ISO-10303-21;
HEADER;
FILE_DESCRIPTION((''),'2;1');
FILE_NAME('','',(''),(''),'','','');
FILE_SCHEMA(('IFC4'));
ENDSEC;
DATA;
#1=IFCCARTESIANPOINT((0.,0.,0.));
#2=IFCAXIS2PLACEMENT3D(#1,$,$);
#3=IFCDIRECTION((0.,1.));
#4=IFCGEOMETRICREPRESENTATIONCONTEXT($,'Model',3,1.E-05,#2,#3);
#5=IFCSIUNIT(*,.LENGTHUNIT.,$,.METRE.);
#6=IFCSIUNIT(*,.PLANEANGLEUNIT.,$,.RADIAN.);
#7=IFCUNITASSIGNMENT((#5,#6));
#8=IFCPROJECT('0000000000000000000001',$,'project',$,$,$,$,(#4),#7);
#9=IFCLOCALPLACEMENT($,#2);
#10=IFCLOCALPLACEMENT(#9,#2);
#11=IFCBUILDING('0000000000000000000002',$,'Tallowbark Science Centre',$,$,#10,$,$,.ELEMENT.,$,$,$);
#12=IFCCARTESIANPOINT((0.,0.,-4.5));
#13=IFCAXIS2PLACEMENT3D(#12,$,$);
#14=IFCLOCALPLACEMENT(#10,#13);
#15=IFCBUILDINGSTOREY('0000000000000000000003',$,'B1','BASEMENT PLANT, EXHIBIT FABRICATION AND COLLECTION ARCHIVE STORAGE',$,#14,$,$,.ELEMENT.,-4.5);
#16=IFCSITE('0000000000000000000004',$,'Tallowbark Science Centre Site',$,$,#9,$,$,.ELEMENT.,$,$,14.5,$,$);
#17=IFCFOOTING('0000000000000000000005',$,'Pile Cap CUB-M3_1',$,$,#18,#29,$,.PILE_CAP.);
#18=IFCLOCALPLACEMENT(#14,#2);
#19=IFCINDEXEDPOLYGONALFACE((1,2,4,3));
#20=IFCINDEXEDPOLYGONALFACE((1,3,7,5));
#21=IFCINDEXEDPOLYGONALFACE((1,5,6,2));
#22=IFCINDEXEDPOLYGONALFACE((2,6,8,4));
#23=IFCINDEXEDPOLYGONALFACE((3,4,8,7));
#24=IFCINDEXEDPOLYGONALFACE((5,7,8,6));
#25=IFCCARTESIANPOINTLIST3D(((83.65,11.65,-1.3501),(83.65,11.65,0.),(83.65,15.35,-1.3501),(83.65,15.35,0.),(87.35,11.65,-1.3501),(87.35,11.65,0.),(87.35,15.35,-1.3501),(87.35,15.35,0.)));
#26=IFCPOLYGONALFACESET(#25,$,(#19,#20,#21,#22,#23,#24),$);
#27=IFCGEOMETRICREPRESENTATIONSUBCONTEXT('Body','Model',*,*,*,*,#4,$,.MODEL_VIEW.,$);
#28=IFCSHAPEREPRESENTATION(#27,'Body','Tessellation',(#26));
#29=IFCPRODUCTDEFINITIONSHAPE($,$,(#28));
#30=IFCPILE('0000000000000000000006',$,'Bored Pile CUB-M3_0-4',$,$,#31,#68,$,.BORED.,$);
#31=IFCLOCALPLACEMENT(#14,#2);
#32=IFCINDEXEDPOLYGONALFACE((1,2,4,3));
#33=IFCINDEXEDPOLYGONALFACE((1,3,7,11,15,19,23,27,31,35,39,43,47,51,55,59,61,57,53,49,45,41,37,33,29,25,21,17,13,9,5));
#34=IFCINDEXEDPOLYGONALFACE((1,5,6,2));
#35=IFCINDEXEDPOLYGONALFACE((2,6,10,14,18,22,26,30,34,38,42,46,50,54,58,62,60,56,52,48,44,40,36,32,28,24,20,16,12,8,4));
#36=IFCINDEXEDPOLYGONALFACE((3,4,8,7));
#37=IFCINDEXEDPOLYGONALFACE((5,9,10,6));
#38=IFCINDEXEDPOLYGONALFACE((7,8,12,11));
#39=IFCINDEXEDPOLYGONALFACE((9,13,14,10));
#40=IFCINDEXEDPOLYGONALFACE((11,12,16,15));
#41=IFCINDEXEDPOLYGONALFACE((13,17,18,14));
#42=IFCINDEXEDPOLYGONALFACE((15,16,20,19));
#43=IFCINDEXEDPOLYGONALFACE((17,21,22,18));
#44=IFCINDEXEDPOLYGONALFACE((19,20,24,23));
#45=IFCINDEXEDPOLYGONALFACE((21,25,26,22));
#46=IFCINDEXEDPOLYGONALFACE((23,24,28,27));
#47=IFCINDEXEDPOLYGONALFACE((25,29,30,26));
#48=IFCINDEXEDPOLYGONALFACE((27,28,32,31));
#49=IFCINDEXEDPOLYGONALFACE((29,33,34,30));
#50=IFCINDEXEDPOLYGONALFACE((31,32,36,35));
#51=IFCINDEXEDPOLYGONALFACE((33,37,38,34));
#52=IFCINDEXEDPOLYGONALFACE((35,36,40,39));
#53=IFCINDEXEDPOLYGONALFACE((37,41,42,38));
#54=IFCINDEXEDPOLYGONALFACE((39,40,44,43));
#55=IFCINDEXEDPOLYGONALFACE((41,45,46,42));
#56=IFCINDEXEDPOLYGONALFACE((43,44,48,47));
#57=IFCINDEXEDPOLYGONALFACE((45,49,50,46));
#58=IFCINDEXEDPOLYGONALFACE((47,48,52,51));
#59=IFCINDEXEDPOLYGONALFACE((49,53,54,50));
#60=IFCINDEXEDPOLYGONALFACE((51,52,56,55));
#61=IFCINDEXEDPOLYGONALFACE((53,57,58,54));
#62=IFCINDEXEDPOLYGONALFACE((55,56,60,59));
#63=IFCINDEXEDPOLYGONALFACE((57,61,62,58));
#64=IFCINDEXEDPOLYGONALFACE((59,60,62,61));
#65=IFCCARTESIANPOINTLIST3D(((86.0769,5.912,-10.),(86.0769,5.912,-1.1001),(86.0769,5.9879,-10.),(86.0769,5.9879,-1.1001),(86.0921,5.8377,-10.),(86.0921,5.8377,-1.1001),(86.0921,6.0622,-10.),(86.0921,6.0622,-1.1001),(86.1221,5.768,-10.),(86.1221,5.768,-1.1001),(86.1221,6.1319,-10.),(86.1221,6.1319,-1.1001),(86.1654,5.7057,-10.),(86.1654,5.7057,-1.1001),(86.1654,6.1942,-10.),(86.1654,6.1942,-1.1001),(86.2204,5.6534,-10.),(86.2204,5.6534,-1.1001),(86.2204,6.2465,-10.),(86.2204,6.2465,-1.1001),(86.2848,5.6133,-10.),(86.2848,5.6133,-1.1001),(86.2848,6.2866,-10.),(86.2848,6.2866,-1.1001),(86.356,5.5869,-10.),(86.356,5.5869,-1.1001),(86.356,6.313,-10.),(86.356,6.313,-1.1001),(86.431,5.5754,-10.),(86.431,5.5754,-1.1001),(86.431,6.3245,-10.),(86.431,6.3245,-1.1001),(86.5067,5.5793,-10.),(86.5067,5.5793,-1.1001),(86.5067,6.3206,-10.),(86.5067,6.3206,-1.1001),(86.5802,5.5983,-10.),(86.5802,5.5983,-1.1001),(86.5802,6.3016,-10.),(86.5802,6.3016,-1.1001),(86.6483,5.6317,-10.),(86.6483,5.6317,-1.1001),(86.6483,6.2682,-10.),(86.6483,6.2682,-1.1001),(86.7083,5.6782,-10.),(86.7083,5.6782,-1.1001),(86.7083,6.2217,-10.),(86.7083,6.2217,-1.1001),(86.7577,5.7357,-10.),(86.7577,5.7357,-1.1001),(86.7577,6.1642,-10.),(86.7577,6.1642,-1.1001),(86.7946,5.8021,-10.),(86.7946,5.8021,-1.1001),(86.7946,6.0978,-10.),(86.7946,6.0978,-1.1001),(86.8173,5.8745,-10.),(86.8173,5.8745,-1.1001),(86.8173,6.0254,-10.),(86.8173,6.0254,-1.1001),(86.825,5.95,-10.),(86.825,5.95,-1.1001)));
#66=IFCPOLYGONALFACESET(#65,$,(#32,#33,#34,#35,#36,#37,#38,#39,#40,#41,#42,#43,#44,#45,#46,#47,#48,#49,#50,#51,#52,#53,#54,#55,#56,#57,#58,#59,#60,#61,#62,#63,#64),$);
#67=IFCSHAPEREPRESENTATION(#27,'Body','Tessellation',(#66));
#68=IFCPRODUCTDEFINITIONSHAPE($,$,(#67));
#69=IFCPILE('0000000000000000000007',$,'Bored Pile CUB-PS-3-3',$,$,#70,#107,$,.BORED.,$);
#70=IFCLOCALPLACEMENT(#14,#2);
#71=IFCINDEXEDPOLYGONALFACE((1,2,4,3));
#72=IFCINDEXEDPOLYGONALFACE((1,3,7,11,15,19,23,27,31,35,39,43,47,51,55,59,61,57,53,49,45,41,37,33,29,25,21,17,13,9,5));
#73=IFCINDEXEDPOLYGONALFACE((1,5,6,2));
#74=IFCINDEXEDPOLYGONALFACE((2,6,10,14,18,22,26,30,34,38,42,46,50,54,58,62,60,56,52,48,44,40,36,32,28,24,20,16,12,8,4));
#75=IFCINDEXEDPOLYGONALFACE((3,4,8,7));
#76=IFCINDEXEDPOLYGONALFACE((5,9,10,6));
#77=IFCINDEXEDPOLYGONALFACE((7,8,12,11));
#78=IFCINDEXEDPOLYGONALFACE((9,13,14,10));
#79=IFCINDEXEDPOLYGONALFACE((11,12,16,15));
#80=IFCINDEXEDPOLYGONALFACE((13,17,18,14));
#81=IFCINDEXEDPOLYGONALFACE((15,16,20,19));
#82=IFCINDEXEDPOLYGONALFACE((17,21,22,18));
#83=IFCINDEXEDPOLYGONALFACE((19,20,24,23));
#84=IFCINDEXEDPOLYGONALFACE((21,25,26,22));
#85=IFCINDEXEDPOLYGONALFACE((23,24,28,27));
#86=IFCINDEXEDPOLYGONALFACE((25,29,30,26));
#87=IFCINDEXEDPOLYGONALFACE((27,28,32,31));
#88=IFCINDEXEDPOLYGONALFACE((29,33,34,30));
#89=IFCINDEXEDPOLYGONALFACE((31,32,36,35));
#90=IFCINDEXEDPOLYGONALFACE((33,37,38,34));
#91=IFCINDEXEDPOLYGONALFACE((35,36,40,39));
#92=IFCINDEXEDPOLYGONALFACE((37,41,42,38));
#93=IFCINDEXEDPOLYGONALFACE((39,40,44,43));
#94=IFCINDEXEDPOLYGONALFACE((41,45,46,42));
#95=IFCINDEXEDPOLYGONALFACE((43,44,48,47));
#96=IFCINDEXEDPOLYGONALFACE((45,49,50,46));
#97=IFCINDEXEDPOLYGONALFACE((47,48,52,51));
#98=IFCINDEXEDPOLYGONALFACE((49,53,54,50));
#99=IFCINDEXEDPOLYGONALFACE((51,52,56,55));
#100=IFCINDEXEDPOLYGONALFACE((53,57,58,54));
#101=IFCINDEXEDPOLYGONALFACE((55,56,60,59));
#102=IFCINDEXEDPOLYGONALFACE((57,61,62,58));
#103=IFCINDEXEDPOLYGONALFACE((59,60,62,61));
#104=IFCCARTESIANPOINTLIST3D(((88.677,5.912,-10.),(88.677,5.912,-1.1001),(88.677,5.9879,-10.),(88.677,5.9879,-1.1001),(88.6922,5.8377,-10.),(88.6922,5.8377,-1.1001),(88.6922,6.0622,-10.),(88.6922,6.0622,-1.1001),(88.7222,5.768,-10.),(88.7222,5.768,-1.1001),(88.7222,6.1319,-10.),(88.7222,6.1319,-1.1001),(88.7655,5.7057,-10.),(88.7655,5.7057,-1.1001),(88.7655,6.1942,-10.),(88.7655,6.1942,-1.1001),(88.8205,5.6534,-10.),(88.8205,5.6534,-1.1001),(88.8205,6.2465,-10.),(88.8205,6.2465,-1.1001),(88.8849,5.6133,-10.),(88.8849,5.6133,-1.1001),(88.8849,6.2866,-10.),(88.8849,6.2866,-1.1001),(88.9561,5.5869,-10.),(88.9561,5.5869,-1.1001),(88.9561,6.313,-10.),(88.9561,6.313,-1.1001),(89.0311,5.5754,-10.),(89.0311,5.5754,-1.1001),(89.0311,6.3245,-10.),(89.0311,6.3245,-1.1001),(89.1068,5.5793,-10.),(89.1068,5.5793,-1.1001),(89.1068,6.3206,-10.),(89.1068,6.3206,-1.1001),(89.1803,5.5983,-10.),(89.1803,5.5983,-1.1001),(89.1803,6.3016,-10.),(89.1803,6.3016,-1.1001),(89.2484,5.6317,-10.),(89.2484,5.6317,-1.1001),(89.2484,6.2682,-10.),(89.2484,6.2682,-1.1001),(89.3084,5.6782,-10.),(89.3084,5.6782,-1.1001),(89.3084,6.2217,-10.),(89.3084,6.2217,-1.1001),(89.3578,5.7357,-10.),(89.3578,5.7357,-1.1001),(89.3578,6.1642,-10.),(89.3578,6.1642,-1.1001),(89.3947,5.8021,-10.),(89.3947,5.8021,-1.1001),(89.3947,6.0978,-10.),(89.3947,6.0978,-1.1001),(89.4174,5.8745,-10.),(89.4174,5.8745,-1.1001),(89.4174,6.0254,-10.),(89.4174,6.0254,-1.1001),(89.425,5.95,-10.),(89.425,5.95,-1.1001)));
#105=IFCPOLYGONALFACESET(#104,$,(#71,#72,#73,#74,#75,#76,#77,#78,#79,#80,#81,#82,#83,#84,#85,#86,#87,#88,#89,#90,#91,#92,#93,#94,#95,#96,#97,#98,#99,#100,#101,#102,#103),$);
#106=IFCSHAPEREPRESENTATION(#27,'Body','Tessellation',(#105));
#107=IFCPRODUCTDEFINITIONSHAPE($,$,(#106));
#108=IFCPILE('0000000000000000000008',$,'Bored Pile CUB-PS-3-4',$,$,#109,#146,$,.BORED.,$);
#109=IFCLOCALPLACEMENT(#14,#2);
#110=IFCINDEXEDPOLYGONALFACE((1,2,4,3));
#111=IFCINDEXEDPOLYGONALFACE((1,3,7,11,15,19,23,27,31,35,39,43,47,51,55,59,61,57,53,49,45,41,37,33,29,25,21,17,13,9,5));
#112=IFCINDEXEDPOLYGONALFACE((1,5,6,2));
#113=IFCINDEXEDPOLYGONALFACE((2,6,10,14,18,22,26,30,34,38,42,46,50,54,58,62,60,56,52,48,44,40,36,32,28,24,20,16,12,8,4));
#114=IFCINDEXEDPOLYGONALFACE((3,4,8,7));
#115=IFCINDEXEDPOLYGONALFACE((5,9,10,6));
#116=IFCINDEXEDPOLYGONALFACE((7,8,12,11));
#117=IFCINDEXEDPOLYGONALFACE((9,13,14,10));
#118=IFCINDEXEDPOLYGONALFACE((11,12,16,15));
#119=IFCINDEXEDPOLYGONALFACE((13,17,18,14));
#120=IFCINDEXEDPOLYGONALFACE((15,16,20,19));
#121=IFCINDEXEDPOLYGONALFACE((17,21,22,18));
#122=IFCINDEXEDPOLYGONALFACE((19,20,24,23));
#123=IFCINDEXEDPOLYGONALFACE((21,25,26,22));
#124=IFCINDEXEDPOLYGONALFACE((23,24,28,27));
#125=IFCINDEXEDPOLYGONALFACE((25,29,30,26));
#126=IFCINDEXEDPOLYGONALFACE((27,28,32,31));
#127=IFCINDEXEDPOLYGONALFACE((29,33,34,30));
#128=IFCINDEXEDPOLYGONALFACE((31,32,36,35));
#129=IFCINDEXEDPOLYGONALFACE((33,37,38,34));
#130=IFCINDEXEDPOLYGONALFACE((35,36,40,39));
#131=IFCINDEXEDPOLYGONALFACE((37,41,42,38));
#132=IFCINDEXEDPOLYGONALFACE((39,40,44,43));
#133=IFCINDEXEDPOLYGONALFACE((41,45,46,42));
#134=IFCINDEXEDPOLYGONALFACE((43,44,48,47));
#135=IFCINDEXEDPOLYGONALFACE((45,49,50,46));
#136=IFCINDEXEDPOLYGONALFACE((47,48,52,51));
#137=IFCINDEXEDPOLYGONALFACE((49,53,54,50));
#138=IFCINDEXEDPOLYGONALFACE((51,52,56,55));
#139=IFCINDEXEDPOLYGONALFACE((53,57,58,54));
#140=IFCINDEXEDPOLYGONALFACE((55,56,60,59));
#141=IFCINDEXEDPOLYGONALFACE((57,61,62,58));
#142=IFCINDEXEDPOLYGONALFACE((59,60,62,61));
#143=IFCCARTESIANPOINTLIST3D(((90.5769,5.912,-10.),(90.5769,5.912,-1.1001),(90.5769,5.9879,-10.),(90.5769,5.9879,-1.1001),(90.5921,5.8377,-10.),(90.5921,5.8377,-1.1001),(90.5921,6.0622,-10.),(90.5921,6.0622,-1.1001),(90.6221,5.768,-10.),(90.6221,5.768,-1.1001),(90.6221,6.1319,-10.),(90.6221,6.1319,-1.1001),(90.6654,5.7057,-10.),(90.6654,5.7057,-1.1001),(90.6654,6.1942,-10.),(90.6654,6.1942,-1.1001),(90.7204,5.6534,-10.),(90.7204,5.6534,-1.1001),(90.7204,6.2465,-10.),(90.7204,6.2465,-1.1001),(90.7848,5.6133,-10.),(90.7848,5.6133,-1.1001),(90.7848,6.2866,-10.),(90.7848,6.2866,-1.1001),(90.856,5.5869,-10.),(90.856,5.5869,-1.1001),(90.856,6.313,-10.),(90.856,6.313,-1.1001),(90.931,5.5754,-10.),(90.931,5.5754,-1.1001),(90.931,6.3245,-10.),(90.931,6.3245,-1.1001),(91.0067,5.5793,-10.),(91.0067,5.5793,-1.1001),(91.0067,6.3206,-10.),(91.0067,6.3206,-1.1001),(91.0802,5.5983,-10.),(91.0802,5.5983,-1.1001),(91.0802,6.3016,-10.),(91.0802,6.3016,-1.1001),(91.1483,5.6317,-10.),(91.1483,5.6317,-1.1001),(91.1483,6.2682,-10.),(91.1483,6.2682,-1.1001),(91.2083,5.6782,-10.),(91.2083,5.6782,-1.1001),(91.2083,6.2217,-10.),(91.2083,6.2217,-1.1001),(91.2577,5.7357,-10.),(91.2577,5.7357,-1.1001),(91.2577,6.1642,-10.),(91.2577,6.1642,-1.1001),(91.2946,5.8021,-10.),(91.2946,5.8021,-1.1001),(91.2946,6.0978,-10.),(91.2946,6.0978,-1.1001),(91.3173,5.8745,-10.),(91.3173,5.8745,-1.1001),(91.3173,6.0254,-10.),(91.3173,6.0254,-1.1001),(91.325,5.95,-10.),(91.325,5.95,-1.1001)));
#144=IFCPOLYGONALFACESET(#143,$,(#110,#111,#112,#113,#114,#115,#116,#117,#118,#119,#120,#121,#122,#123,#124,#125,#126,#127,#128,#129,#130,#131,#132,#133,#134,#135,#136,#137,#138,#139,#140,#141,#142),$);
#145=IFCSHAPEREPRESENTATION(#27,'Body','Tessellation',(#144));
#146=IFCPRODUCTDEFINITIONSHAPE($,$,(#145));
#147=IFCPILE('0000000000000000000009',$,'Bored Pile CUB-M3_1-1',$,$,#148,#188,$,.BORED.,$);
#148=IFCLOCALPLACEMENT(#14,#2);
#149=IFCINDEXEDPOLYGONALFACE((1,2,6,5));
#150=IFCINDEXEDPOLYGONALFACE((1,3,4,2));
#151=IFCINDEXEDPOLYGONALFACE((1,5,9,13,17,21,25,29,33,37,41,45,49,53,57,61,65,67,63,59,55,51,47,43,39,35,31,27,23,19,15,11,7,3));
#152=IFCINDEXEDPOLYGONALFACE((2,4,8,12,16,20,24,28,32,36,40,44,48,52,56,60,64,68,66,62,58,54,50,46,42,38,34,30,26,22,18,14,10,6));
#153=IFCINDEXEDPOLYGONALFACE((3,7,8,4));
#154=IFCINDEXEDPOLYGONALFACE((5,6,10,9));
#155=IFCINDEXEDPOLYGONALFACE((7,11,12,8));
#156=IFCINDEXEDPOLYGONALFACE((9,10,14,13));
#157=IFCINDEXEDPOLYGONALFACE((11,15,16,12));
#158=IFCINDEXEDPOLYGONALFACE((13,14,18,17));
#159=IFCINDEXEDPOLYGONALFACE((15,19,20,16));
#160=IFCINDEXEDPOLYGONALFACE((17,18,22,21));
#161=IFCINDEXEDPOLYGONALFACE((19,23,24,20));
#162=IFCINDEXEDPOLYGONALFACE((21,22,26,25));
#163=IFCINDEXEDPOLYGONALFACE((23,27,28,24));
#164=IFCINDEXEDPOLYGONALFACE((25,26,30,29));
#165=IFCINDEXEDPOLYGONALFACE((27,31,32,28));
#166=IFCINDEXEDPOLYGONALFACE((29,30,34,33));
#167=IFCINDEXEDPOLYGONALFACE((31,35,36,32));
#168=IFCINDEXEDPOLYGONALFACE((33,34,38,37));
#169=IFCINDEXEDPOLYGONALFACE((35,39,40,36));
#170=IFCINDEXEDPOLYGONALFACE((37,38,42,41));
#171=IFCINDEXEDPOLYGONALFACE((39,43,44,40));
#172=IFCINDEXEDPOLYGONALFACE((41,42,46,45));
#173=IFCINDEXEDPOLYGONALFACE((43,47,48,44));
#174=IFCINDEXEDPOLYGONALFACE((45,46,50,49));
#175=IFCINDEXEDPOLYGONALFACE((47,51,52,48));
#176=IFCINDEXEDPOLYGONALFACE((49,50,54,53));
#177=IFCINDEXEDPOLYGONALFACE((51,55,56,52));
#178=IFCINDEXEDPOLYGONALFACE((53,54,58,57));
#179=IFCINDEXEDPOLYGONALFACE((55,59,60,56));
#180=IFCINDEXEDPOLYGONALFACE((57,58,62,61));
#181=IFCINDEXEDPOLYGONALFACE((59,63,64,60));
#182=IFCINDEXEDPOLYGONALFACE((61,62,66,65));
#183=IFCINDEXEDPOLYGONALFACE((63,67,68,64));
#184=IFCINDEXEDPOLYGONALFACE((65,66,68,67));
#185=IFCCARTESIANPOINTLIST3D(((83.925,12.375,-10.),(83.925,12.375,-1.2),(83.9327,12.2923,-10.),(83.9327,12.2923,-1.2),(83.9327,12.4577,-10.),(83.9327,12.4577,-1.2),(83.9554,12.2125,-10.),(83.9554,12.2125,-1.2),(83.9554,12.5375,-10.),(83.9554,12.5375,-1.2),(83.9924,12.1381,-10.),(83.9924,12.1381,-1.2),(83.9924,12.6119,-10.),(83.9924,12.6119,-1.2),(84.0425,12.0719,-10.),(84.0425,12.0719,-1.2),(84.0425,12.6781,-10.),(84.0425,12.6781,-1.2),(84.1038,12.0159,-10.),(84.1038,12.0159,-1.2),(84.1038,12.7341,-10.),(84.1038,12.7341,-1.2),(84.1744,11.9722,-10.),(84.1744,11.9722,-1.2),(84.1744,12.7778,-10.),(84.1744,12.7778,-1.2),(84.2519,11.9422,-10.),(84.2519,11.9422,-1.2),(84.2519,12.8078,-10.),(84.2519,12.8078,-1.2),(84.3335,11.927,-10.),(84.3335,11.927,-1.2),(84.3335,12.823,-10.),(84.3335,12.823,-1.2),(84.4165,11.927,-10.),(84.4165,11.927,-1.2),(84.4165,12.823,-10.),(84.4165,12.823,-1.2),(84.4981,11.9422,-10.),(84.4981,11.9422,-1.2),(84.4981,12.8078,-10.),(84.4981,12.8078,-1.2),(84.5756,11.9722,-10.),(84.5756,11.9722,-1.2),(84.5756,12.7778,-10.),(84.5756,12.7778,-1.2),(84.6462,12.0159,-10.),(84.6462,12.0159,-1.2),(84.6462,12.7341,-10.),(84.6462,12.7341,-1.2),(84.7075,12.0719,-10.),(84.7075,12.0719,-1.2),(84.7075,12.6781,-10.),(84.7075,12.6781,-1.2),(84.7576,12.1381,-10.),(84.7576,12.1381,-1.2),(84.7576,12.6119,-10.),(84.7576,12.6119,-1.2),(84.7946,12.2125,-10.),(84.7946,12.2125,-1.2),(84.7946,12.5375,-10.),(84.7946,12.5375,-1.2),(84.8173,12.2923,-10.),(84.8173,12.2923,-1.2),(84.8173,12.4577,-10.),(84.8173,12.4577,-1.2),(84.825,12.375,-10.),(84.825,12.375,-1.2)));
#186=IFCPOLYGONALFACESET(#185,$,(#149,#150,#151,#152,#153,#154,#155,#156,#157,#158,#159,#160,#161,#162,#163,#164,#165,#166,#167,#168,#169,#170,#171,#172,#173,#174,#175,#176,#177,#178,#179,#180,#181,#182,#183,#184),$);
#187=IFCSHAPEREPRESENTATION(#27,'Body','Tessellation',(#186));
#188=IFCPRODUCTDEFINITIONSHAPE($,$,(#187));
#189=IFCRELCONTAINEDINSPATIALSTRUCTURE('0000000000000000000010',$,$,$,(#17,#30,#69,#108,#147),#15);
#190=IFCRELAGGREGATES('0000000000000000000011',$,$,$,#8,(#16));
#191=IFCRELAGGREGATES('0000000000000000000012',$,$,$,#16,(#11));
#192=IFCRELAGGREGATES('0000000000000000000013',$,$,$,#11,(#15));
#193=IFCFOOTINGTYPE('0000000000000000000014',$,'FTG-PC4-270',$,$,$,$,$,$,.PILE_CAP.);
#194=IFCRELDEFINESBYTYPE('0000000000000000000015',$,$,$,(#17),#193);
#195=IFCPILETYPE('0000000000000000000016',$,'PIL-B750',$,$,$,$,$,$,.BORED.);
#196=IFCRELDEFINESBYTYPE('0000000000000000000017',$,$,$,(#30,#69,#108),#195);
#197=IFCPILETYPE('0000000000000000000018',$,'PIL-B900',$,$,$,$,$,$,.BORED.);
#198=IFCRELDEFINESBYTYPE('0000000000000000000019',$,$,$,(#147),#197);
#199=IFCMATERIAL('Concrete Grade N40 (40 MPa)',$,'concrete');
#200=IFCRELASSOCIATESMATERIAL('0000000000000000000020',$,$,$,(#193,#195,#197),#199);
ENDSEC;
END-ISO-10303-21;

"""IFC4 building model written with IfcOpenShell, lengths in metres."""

from ifc_helpers import new_model, si_unit, direction, frame, origin, origin_2d, place, context, subcontext, project, spatial, rectangle, circle, extrude, material, material_profile, profile_set, type_object, element, save


model = new_model("IFC4")

# Units and contexts
model_context = context("Model", 3, precision=1e-05, world=origin(), true_north=direction((0.0, 1.0)))
body_context = subcontext(model_context, "Body", "Model", "MODEL_VIEW")
ifc_project = project(units=[si_unit("LENGTHUNIT", "METRE"), si_unit("PLANEANGLEUNIT", "RADIAN")], contexts=[model_context])

# Site, building, storey
site_placement = place(None, origin())
site = spatial("IfcSite", under=ifc_project, at=site_placement, Name="Tallowbark Science Centre Site", CompositionType="ELEMENT", RefElevation=14.5)
building_placement = place(site_placement, origin())
building = spatial("IfcBuilding", under=site, at=building_placement, Name="Tallowbark Science Centre", CompositionType="ELEMENT")
storey_placement = place(building_placement, frame((0.0, 0.0, -4.5)))
storey = spatial("IfcBuildingStorey", under=building, at=storey_placement, Name="B1", Description="BASEMENT PLANT, EXHIBIT FABRICATION AND COLLECTION ARCHIVE STORAGE", CompositionType="ELEMENT", Elevation=-4.5)

# Footing
ifc_material_1 = material(Name="Concrete Grade N40 (40 MPa)", Category="concrete")
footing_type = type_object("IfcFootingType", Name="FTG-PC4-270", PredefinedType="PILE_CAP", material=ifc_material_1)
footing_placement = place(storey_placement, frame((85.5, 13.5, -1.3501), z_axis=(0.0, 0.0, 1.0), x_axis=(1.0, 0.0, 0.0)))
element("IfcFooting", 1, at=footing_placement, inside=storey, type_object=footing_type, Name="Pile Cap CUB-M3_1", PredefinedType="PILE_CAP", context=body_context, shape_type="SweptSolid", body=[
    extrude(rectangle(XDim=3.7, YDim=3.7, at=origin_2d()), origin(), (0.0, 0.0, 1.0), 1.3501),
])

# Piles
ifc_material_profile_1 = material_profile(ifc_material_1, circle(Radius=0.375, at=origin_2d()), Name="PILE750")
ifc_profile_set_1 = profile_set([ifc_material_profile_1], Name="Concrete Grade N40 (40 MPa)")
pile_type_1 = type_object("IfcPileType", Name="PIL-B750", PredefinedType="BORED", material=ifc_profile_set_1)
for number, where, z_axis, x_axis, name in (
    (2, (86.45, 5.95, -1.1001), (0.0, 0.0, -1.0), (1.0, 0.0, 0.0), "Bored Pile CUB-M3_0-4"),
    (3, (89.05, 5.95, -1.1001), (0.0, 0.0, -1.0), (1.0, 0.0, 0.0), "Bored Pile CUB-PS-3-3"),
    (4, (90.95, 5.95, -1.1001), (0.0, 0.0, -1.0), (1.0, 0.0, 0.0), "Bored Pile CUB-PS-3-4"),
):
    element("IfcPile", number, at=place(storey_placement, frame(where, z_axis=z_axis, x_axis=x_axis)), inside=storey, type_object=pile_type_1, Name=name, PredefinedType="BORED", context=body_context, shape_type="SweptSolid", body=[
        extrude(circle(Radius=0.375, at=origin_2d()), origin(), (0.0, 0.0, 1.0), 8.8999),
    ])
ifc_material_profile_2 = material_profile(ifc_material_1, circle(Radius=0.45, at=origin_2d()), Name="PILE900")
ifc_profile_set_2 = profile_set([ifc_material_profile_2], Name="Concrete Grade N40 (40 MPa)")
pile_type_2 = type_object("IfcPileType", Name="PIL-B900", PredefinedType="BORED", material=ifc_profile_set_2)
for number, where, z_axis, x_axis, name in (
    (5, (84.375, 12.375, -1.2), (0.0, 0.0, -1.0), (1.0, 0.0, 0.0), "Bored Pile CUB-M3_1-1"),
):
    element("IfcPile", number, at=place(storey_placement, frame(where, z_axis=z_axis, x_axis=x_axis)), inside=storey, type_object=pile_type_2, Name=name, PredefinedType="BORED", context=body_context, shape_type="SweptSolid", body=[
        extrude(circle(Radius=0.45, at=origin_2d()), origin(), (0.0, 0.0, 1.0), 8.8),
    ])

save(model, "model.ifc")
